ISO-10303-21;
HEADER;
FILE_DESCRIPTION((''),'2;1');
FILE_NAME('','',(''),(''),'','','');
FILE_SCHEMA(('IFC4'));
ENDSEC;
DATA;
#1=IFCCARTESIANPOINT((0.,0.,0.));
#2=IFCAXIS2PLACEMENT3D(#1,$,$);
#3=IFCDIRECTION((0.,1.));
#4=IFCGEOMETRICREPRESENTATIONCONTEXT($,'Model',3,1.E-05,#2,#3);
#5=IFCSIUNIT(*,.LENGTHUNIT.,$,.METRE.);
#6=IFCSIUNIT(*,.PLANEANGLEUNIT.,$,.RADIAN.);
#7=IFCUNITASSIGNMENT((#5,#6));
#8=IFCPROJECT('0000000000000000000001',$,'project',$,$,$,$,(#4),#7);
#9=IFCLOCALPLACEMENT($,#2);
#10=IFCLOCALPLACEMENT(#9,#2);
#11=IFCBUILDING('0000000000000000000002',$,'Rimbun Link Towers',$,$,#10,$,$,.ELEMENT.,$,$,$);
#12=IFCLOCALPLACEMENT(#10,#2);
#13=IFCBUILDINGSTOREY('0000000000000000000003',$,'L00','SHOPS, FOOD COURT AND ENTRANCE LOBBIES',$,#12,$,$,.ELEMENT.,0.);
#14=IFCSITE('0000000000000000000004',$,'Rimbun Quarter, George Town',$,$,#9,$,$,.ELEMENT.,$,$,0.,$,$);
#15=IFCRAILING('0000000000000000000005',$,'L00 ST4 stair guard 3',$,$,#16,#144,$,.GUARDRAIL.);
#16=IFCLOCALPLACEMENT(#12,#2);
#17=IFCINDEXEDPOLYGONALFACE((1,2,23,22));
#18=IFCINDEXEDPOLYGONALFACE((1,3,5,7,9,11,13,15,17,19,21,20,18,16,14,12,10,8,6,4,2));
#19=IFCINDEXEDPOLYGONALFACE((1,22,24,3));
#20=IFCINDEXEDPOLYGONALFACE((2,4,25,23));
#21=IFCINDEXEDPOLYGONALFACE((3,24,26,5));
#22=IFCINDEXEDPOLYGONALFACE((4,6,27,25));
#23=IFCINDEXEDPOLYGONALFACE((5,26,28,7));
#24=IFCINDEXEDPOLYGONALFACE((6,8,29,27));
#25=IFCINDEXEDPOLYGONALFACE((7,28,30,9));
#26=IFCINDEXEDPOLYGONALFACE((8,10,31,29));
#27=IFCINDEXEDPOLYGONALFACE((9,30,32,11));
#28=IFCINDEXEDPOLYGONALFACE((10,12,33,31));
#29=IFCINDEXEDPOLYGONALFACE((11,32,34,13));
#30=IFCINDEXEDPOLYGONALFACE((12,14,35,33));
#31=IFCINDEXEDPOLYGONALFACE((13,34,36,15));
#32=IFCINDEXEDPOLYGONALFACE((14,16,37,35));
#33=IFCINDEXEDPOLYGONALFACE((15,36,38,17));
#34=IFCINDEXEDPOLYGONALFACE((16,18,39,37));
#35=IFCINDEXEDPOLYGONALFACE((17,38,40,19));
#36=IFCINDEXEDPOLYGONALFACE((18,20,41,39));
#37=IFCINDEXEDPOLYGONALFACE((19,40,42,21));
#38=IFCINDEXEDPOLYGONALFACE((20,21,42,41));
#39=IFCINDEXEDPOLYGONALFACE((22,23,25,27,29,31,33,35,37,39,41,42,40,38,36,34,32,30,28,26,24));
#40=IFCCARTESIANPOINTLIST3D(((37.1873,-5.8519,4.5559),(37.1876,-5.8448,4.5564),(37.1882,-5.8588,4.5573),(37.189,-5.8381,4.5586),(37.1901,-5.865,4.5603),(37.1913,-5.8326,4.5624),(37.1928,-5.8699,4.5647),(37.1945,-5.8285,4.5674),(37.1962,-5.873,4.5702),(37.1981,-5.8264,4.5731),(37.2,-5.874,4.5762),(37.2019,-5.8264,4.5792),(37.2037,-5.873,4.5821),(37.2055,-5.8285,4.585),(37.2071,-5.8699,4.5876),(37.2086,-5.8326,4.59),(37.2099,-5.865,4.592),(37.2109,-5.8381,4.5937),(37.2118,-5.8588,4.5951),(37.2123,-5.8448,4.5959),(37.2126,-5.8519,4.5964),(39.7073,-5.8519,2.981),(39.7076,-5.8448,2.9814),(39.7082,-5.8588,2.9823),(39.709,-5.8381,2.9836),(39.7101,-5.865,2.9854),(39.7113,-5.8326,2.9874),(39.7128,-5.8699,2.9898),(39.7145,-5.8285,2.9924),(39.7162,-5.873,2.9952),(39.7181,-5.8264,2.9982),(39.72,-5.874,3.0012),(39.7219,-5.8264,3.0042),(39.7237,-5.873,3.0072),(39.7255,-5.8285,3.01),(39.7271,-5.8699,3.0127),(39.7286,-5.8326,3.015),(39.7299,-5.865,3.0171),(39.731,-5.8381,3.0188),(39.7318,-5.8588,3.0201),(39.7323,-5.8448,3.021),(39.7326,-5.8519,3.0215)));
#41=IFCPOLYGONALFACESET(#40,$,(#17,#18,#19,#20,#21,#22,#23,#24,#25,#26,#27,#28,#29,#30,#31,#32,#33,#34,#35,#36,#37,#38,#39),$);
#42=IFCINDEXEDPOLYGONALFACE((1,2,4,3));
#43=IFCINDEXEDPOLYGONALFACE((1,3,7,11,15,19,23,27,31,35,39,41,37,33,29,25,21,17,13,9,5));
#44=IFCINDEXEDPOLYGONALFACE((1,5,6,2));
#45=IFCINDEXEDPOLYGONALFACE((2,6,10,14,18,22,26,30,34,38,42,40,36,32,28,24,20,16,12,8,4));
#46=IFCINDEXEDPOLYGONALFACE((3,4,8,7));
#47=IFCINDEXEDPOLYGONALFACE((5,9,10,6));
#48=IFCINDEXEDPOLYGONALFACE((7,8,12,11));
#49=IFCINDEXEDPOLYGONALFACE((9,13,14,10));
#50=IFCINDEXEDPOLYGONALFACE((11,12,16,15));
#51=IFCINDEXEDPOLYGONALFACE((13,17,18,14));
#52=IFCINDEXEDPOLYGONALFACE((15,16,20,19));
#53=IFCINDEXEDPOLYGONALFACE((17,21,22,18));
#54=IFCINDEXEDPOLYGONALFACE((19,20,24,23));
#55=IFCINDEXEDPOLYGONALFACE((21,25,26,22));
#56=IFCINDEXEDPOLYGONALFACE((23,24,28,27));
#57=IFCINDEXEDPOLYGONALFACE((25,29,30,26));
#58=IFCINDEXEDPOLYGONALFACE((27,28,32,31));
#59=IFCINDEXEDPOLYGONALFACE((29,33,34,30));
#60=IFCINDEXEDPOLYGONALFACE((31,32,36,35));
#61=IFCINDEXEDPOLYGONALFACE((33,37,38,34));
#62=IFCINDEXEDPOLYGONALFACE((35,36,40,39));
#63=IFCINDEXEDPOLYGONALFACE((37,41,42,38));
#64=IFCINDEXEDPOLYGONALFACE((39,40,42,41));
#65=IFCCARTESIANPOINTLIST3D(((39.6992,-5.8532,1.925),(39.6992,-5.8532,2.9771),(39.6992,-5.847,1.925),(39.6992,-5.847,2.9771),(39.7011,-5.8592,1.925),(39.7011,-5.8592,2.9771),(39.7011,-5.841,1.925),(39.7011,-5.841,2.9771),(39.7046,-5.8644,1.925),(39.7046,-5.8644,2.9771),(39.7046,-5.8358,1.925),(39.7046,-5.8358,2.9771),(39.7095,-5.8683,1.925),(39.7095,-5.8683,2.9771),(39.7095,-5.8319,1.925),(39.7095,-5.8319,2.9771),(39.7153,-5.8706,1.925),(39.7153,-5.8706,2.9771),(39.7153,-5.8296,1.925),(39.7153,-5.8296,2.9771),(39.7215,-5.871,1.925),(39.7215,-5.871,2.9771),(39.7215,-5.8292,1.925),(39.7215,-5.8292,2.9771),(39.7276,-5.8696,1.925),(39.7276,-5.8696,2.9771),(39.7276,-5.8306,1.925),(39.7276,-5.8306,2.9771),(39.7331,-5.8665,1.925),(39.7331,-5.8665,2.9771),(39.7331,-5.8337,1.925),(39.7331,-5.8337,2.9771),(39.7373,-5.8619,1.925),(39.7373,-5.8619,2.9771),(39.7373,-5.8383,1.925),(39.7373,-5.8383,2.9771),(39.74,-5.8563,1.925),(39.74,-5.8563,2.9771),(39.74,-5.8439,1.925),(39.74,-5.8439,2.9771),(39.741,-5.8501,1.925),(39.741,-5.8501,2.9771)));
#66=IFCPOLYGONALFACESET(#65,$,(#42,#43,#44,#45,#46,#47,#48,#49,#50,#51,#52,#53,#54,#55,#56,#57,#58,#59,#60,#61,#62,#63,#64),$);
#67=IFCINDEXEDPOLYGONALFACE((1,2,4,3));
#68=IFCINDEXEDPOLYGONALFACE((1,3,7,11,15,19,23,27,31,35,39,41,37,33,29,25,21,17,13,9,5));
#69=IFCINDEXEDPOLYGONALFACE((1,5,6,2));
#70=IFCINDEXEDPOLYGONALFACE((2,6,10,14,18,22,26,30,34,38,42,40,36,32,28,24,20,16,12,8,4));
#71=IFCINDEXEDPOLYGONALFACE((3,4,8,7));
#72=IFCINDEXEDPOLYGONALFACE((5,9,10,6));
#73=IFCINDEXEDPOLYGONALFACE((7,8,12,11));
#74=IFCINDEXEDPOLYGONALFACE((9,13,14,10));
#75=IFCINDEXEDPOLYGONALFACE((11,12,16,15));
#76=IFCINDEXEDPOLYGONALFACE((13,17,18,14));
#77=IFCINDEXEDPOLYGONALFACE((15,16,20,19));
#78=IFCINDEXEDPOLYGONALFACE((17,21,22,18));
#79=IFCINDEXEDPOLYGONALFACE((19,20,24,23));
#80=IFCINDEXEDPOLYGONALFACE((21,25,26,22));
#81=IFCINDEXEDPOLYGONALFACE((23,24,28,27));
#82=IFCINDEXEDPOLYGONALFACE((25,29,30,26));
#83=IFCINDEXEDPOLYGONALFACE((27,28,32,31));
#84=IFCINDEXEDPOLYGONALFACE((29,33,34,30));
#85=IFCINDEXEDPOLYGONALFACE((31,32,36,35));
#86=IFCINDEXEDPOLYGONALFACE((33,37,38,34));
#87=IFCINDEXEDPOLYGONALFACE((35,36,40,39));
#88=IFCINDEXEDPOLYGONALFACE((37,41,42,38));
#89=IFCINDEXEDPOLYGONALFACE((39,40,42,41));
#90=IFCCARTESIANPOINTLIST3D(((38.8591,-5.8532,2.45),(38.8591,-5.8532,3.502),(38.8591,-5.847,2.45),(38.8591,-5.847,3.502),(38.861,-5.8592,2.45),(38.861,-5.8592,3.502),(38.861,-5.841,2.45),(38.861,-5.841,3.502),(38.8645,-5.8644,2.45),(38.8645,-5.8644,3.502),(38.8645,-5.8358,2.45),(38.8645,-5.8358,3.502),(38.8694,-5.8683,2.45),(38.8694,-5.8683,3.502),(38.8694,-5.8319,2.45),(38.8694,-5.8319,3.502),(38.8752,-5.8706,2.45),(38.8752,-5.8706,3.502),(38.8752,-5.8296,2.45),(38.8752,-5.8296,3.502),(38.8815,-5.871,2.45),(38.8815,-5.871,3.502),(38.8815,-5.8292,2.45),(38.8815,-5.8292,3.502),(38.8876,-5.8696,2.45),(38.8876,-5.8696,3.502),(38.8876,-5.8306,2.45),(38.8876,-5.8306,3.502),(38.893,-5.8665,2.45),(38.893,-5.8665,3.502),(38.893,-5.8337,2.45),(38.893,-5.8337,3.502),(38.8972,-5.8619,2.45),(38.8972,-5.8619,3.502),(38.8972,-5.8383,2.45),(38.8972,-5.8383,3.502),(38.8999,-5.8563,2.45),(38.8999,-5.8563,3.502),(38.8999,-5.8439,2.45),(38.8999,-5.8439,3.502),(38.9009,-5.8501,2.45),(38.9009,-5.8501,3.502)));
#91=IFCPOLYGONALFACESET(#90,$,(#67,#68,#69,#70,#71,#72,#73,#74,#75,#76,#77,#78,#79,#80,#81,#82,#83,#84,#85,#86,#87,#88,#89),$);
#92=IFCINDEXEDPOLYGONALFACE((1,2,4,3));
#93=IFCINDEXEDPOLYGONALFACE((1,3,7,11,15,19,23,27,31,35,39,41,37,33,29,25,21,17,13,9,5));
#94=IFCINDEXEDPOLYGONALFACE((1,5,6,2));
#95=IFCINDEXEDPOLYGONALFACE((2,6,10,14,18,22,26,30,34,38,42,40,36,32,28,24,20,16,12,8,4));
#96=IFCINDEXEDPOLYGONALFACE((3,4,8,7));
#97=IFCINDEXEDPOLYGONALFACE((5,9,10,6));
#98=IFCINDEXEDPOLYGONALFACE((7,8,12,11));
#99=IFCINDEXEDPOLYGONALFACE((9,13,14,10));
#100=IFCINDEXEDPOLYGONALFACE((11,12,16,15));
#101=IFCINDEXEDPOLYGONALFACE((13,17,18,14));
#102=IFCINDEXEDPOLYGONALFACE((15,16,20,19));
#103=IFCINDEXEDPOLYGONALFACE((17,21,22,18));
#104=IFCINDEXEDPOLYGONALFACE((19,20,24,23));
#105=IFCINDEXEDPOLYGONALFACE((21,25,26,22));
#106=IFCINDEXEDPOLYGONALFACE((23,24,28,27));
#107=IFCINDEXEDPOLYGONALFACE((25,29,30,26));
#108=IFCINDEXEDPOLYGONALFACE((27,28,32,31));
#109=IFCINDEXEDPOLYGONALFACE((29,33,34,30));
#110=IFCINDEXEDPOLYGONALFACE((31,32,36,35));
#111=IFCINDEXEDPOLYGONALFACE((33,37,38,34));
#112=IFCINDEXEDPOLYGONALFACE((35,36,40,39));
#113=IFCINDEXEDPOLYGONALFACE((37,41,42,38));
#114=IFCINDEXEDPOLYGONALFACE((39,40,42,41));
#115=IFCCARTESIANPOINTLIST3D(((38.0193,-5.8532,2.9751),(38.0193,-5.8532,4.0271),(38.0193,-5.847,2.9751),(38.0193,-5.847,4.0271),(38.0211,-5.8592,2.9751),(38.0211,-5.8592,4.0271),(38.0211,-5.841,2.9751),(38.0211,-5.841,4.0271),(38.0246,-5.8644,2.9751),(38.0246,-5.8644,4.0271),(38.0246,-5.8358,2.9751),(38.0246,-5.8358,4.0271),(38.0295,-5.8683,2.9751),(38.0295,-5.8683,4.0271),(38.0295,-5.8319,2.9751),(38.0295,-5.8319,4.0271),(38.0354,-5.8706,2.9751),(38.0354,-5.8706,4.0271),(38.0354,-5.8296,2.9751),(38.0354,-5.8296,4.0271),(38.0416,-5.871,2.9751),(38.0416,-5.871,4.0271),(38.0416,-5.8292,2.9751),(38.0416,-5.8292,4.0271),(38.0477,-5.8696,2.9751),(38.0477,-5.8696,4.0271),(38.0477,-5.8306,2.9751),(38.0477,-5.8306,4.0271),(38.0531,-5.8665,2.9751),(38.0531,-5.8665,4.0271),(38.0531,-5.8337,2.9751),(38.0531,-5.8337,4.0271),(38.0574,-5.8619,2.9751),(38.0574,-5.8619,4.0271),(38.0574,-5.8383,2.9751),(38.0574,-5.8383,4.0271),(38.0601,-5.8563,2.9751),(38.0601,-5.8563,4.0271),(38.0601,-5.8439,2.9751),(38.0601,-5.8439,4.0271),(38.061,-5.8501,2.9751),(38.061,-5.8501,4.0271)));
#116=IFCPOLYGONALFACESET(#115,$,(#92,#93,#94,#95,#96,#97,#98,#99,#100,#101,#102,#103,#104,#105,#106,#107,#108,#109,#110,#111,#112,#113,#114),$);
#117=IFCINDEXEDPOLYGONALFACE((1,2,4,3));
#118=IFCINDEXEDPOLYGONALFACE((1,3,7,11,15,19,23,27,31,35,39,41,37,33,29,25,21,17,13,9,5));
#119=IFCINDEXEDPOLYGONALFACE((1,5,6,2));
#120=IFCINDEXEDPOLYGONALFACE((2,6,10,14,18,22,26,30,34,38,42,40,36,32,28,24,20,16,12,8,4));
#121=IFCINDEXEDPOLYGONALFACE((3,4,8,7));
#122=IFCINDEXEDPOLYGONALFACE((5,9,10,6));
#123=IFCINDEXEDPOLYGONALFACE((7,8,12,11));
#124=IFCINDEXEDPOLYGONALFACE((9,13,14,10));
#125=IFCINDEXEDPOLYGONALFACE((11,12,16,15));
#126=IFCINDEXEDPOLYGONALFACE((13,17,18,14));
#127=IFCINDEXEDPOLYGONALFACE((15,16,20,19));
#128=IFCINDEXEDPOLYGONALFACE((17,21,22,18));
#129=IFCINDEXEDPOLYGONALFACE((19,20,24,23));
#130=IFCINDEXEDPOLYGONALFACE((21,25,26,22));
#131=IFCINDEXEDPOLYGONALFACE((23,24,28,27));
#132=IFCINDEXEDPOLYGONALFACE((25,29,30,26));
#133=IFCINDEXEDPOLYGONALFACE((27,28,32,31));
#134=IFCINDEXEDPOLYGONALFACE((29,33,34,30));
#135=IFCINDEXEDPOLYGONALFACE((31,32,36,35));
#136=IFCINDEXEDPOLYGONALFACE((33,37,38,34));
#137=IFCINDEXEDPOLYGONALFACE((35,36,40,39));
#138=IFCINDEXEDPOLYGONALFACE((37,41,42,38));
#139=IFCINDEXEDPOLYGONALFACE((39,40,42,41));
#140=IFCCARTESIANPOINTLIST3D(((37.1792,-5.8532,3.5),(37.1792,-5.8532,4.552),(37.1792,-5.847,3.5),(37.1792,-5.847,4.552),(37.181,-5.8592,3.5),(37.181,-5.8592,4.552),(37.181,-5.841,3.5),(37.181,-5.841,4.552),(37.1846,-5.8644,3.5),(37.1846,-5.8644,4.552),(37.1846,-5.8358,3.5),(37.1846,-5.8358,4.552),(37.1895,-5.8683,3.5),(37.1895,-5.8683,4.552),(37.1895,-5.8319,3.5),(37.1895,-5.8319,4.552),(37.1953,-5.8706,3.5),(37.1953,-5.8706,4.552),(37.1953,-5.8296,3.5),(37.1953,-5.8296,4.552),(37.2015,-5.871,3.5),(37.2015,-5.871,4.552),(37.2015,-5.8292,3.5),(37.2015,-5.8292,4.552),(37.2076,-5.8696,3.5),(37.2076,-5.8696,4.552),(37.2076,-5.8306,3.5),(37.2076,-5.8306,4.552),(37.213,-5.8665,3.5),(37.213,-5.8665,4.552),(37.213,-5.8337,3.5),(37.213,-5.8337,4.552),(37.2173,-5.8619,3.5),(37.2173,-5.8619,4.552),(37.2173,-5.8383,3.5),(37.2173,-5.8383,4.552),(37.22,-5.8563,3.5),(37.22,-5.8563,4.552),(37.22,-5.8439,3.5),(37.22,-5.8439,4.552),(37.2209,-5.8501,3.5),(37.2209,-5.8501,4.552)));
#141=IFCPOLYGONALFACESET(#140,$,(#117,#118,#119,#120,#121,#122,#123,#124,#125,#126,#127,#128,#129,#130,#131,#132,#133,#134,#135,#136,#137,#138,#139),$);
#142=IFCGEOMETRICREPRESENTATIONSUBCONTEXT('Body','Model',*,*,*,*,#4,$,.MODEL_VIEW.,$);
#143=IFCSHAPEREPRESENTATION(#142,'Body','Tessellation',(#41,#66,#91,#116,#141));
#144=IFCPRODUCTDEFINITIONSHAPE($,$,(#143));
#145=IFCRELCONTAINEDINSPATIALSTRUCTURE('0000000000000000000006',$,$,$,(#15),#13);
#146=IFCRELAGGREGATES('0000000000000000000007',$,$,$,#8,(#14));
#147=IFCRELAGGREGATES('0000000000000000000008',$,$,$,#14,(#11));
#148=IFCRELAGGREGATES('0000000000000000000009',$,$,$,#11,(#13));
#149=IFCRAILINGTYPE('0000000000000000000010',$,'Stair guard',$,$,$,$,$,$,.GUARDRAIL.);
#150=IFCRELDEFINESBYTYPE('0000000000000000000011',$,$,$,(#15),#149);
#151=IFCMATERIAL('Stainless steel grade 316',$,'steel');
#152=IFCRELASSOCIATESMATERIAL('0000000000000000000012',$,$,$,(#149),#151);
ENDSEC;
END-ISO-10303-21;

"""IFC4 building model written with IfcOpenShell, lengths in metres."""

from ifc_helpers import new_model, si_unit, direction, frame, origin, origin_2d, place, context, subcontext, project, spatial, circle, extrude, material, type_object, element, save


model = new_model("IFC4")

# Units and contexts
model_context = context("Model", 3, precision=1e-05, world=origin(), true_north=direction((0.0, 1.0)))
body_context = subcontext(model_context, "Body", "Model", "MODEL_VIEW")
ifc_project = project(units=[si_unit("LENGTHUNIT", "METRE"), si_unit("PLANEANGLEUNIT", "RADIAN")], contexts=[model_context])

# Site, building, storey
site_placement = place(None, origin())
site = spatial("IfcSite", under=ifc_project, at=site_placement, Name="Rimbun Quarter, George Town", CompositionType="ELEMENT", RefElevation=0.0)
building_placement = place(site_placement, origin())
building = spatial("IfcBuilding", under=site, at=building_placement, Name="Rimbun Link Towers", CompositionType="ELEMENT")
storey_placement = place(building_placement, origin())
storey = spatial("IfcBuildingStorey", under=building, at=storey_placement, Name="L00", Description="SHOPS, FOOD COURT AND ENTRANCE LOBBIES", CompositionType="ELEMENT", Elevation=0.0)

# Railing
ifc_material_1 = material(Name="Stainless steel grade 316", Category="steel")
railing_type_1 = type_object("IfcRailingType", Name="Stair guard", PredefinedType="GUARDRAIL", material=ifc_material_1)
railing_1_placement = place(storey_placement, frame((39.72, -5.8501, 1.925)))
element("IfcRailing", 1, at=railing_1_placement, inside=storey, type_object=railing_type_1, Name="L00 ST4 stair guard 3", PredefinedType="GUARDRAIL", context=body_context, shape_type="SweptSolid", body=[
    extrude(circle(Radius=0.0239, at=origin_2d()), frame((0.0, 0.0, 1.0762), z_axis=(-0.848008, 0.0, 0.529984), x_axis=(0.0, -1.0, 0.0)), (0.0, 0.0, 1.0), 2.9717),
    extrude(circle(Radius=0.021, at=origin_2d()), origin(), (0.0, 0.0, 1.0), 1.052),
    extrude(circle(Radius=0.021, at=origin_2d()), frame((-0.8401, 0.0, 0.5249)), (0.0, 0.0, 1.0), 1.052),
    extrude(circle(Radius=0.021, at=origin_2d()), frame((-1.6799, 0.0, 1.05)), (0.0, 0.0, 1.0), 1.052),
    extrude(circle(Radius=0.021, at=origin_2d()), frame((-2.52, 0.0, 1.575)), (0.0, 0.0, 1.0), 1.052),
])

save(model, "model.ifc")
